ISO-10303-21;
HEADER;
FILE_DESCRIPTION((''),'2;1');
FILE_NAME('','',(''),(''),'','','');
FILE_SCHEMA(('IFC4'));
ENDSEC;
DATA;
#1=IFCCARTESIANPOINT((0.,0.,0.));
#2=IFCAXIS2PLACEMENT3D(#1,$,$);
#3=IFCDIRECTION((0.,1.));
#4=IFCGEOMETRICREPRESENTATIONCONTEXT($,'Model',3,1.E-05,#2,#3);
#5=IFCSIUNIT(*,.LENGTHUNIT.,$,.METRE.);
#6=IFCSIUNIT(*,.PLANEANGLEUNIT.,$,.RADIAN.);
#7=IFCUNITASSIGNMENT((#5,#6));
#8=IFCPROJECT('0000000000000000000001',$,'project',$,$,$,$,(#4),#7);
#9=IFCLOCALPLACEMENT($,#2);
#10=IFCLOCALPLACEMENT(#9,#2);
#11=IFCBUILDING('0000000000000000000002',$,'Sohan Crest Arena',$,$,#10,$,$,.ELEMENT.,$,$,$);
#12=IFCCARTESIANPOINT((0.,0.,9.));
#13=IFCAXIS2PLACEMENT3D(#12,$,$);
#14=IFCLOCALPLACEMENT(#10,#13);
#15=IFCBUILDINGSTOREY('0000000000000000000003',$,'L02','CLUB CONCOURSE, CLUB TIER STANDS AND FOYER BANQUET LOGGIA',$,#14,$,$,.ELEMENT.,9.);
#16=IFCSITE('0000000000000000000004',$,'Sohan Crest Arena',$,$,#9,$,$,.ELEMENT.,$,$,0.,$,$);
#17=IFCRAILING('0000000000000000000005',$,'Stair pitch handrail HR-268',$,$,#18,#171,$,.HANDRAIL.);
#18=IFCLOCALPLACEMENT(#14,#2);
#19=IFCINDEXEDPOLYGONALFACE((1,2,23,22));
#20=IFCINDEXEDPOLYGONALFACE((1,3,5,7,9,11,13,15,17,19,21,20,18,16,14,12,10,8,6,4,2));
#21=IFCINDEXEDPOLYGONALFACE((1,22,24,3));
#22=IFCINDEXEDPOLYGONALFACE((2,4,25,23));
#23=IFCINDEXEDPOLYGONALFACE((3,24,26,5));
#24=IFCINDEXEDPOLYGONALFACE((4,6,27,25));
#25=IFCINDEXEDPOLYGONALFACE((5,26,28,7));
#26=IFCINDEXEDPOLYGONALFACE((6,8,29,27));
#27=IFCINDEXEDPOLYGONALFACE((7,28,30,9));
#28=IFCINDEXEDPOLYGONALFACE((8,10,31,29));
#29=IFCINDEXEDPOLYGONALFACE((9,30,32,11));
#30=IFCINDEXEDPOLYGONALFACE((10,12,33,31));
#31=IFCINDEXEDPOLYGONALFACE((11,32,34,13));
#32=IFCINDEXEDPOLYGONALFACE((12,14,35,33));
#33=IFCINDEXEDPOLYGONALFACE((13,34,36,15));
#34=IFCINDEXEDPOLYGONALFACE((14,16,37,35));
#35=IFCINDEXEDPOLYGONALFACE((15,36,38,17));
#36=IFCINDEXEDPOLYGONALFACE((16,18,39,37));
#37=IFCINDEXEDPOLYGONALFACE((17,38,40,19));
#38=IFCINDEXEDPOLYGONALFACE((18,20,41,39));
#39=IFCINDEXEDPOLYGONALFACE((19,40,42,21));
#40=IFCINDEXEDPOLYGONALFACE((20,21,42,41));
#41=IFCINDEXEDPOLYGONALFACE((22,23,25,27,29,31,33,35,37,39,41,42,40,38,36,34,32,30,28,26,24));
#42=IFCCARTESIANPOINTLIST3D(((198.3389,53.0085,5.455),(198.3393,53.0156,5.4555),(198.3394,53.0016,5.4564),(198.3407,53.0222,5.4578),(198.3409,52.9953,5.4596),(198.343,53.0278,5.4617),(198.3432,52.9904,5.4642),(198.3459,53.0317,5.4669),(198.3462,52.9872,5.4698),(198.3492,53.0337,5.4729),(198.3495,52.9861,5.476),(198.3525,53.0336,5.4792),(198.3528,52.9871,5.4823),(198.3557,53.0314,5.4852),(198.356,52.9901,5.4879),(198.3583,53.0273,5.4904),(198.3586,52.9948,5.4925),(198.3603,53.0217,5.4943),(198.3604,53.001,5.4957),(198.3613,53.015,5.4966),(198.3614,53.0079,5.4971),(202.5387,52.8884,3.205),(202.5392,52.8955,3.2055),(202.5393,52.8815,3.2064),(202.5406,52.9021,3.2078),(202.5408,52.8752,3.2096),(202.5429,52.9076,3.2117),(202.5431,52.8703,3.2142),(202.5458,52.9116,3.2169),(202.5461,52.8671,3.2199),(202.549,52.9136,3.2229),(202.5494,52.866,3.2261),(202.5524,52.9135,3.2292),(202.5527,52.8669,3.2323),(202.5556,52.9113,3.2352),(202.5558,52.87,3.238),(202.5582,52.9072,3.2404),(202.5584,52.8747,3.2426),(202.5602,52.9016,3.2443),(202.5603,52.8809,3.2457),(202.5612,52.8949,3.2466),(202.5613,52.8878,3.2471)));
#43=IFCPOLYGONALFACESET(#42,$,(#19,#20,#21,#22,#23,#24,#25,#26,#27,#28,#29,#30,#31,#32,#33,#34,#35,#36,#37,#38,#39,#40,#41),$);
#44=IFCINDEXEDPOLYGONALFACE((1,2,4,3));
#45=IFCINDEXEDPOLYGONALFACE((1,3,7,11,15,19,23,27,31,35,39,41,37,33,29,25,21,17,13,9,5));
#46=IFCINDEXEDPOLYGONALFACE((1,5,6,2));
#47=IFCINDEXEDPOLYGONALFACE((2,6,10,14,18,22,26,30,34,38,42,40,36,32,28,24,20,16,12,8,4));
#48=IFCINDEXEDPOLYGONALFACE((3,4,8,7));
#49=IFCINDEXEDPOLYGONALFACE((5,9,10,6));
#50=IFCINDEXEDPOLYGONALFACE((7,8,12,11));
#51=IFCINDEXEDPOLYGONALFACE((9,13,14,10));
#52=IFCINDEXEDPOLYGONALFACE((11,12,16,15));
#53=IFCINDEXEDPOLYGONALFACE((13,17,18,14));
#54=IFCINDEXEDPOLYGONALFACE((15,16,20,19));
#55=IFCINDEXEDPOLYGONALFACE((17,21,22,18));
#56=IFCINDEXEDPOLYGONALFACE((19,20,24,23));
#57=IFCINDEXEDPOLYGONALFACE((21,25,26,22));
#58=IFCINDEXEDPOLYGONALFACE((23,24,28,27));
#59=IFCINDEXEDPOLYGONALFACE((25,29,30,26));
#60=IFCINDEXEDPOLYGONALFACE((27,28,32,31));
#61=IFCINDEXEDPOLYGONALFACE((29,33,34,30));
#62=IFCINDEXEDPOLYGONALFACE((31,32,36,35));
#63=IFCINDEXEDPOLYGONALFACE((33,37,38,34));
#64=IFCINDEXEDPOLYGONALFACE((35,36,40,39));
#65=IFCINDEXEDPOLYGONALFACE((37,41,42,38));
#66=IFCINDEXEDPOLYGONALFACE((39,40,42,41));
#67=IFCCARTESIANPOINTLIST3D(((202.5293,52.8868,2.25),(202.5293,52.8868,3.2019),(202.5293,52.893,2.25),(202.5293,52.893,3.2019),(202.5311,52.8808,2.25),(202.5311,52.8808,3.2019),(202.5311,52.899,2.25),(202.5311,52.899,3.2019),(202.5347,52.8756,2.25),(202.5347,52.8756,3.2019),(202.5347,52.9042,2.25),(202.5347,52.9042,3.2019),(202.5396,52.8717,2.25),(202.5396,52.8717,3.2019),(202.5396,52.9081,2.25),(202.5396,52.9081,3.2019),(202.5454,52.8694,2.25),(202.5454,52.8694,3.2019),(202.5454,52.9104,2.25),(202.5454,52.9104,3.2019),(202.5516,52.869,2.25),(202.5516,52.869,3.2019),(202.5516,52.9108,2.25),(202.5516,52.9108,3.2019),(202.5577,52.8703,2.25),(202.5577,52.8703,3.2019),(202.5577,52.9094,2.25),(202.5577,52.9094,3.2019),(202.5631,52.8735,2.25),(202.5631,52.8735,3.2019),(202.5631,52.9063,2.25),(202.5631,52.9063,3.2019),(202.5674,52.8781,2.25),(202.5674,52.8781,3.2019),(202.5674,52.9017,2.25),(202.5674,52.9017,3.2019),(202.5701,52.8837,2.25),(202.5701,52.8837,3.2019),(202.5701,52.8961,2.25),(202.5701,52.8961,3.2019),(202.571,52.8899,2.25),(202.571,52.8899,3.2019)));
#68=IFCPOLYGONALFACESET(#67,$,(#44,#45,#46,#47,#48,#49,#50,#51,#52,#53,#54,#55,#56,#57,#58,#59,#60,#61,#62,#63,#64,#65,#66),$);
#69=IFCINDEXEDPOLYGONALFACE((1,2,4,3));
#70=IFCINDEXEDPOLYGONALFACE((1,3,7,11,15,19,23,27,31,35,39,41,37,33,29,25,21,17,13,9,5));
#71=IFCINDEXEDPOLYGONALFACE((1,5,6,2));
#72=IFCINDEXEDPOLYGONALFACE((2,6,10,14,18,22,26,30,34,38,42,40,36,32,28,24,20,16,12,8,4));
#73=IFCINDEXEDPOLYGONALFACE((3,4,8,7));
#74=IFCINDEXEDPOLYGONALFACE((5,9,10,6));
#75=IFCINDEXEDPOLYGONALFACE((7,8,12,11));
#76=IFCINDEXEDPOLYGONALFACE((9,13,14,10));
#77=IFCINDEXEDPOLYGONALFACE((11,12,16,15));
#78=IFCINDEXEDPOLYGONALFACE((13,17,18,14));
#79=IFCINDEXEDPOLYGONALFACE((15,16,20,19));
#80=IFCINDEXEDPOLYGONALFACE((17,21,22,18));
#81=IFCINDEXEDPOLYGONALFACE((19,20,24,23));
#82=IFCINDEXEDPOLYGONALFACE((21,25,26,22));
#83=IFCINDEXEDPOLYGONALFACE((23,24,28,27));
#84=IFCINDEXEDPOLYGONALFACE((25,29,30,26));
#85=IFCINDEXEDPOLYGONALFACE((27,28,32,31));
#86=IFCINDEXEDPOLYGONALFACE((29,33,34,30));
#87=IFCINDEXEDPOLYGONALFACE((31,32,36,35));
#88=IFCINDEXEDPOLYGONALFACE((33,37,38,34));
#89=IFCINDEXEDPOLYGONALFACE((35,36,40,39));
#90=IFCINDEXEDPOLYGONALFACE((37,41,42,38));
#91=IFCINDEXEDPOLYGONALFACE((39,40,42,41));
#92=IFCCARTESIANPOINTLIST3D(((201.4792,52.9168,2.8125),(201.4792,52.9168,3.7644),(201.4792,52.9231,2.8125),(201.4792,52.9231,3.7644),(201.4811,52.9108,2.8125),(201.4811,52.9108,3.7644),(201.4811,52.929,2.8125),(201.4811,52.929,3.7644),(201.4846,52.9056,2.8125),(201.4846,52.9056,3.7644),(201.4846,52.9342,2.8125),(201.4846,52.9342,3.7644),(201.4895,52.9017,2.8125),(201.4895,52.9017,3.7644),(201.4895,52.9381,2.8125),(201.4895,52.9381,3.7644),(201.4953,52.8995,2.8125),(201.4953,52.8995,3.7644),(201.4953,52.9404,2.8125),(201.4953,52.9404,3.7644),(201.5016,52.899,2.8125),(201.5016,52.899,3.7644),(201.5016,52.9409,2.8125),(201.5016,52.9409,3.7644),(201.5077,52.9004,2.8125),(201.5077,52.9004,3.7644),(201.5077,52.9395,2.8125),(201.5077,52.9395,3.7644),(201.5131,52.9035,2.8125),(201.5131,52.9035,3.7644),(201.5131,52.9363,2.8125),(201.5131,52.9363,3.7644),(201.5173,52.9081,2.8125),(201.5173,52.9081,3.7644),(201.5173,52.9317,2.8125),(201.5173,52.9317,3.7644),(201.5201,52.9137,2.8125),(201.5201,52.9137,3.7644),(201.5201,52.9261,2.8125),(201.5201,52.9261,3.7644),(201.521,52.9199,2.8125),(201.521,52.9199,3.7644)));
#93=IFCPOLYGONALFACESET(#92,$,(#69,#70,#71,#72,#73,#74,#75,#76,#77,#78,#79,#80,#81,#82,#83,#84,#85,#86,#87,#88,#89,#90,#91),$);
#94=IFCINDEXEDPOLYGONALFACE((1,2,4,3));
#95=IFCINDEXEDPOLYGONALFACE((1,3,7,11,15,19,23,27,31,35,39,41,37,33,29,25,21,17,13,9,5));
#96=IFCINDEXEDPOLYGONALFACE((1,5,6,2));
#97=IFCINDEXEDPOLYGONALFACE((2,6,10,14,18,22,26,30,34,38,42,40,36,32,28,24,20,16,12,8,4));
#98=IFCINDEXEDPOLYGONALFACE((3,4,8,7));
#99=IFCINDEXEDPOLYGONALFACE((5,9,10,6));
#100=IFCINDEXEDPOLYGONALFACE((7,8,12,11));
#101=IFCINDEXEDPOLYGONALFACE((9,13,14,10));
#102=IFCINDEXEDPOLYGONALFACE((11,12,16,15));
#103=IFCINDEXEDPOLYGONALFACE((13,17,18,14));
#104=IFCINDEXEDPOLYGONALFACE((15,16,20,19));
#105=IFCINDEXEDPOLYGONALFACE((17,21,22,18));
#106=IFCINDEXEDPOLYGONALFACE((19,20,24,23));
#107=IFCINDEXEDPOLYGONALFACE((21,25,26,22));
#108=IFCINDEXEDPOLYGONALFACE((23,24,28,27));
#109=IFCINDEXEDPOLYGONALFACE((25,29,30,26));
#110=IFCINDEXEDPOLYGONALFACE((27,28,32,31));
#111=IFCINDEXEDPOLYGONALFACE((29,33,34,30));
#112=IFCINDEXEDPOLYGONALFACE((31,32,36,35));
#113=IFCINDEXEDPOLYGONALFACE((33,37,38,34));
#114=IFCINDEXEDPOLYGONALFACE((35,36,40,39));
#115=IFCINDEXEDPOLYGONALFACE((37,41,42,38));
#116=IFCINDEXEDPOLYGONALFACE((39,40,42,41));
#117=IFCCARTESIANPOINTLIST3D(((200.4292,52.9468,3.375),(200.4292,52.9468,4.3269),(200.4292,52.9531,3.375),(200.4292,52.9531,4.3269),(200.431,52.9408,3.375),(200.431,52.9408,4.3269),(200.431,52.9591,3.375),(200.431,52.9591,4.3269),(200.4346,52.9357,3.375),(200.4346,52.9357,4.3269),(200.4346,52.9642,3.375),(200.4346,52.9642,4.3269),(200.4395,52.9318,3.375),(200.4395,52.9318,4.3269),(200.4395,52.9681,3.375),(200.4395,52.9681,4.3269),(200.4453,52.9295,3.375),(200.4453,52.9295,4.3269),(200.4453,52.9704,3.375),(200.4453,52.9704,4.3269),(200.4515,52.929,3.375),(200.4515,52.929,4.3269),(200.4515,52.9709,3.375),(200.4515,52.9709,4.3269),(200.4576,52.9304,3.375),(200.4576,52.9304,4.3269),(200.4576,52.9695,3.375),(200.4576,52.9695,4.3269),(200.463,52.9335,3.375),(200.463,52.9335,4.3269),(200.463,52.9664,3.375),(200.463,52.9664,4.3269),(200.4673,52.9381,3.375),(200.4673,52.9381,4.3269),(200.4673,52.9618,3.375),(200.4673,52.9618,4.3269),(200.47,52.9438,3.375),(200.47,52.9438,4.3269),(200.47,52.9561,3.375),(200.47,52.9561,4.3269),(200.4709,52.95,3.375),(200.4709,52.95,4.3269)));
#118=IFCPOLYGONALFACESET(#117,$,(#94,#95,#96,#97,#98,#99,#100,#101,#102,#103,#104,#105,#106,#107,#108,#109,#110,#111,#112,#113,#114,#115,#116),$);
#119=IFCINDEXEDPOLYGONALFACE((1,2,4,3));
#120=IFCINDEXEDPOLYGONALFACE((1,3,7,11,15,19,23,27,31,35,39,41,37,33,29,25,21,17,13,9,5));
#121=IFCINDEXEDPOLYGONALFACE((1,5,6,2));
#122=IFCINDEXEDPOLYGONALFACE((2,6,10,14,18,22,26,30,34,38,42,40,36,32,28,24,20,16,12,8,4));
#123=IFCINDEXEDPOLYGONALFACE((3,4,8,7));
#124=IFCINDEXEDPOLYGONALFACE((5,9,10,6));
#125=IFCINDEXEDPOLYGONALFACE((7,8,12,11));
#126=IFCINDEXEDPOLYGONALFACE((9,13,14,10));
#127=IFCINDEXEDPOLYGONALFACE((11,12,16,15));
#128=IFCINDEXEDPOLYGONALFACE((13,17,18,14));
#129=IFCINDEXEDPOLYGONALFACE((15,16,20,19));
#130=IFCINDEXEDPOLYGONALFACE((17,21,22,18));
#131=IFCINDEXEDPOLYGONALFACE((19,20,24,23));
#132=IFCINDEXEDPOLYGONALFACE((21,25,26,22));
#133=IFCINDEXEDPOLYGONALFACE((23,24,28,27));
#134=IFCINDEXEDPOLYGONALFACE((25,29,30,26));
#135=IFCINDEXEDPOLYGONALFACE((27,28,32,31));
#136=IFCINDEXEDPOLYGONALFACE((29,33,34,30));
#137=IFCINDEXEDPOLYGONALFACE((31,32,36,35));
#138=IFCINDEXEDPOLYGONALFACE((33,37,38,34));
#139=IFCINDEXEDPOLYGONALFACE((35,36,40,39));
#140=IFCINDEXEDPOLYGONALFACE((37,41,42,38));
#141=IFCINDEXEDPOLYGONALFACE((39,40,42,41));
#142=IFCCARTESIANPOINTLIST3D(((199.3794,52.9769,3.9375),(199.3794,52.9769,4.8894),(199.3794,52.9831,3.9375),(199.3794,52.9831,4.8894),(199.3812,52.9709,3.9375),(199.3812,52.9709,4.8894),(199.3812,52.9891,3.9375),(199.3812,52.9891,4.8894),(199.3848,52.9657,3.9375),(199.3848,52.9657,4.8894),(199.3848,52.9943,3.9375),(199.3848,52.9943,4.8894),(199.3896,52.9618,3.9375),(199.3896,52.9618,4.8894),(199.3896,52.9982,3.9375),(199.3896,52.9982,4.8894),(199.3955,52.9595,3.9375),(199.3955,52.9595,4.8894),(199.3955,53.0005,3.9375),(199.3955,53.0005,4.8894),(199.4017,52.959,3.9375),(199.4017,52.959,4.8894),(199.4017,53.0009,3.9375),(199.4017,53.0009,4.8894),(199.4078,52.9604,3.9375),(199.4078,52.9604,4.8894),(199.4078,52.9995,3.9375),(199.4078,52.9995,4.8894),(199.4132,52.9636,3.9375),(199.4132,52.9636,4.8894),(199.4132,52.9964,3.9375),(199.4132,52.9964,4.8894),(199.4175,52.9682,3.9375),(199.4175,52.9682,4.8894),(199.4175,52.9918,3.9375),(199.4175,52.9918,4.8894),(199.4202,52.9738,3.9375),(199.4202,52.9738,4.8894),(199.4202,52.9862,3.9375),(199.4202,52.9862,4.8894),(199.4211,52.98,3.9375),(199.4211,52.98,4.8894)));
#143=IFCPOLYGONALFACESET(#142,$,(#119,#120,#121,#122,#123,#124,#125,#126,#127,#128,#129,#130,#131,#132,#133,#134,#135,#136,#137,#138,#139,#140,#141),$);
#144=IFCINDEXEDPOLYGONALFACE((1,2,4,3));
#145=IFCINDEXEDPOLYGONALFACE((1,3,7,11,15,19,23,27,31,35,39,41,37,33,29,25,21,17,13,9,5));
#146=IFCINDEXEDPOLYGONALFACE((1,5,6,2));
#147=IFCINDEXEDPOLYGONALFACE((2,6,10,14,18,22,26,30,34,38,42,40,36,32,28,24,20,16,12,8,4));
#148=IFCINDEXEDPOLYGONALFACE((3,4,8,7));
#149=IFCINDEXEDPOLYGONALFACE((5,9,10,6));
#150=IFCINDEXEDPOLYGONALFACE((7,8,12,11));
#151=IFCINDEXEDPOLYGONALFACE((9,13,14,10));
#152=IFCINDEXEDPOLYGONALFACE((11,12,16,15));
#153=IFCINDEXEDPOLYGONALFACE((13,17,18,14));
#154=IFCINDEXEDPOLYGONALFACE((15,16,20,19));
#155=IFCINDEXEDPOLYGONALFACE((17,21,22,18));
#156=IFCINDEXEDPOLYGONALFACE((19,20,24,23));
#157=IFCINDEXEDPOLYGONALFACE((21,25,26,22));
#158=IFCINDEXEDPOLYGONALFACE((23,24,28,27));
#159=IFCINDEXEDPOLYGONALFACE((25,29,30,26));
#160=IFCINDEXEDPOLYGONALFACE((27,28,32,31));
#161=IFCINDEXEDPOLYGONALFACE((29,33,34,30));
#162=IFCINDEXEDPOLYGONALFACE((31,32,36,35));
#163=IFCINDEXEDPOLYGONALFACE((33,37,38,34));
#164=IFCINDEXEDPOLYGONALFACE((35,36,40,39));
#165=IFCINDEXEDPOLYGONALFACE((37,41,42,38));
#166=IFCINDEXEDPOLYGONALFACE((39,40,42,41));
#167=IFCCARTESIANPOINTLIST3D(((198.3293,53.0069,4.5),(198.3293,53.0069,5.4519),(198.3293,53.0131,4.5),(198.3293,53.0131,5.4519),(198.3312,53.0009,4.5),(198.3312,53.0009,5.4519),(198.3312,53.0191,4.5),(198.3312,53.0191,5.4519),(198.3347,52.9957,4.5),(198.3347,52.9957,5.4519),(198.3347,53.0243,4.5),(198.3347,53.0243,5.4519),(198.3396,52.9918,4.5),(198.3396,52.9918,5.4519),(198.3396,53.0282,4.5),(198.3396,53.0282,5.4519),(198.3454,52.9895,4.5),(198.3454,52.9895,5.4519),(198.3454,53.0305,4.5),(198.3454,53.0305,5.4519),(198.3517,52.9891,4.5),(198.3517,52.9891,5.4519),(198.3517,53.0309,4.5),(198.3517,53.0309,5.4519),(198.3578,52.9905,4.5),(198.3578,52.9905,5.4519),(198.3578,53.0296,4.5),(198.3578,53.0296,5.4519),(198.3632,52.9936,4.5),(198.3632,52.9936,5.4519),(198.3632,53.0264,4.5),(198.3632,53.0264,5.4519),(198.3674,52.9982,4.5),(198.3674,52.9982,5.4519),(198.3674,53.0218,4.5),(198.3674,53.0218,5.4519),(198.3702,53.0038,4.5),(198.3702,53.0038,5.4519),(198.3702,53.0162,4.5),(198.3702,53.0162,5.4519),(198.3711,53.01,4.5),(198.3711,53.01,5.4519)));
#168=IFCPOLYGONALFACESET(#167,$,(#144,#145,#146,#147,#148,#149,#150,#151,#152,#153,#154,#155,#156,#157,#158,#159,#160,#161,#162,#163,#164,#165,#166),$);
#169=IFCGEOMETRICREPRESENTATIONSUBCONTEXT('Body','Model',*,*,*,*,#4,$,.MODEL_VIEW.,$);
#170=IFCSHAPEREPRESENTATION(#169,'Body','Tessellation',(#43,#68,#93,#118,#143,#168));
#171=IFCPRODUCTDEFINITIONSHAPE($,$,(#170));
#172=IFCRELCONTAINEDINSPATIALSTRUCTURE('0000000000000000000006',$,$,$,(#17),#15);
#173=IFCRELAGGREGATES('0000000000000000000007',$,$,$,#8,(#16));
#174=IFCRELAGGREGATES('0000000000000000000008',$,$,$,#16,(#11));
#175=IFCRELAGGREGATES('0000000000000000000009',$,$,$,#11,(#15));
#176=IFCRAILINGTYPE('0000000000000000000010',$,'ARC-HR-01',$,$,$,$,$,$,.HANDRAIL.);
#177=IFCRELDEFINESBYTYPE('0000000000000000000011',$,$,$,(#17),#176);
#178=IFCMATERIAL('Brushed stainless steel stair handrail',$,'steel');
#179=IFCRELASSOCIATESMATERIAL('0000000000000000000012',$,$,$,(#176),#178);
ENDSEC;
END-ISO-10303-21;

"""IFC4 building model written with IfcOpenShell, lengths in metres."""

from ifc_helpers import new_model, si_unit, direction, frame, origin, origin_2d, place, context, subcontext, project, spatial, circle, extrude, material, type_object, element, save


model = new_model("IFC4")

# Units and contexts
model_context = context("Model", 3, precision=1e-05, world=origin(), true_north=direction((0.0, 1.0)))
body_context = subcontext(model_context, "Body", "Model", "MODEL_VIEW")
ifc_project = project(units=[si_unit("LENGTHUNIT", "METRE"), si_unit("PLANEANGLEUNIT", "RADIAN")], contexts=[model_context])

# Site, building, storey
site_placement = place(None, origin())
site = spatial("IfcSite", under=ifc_project, at=site_placement, Name="Sohan Crest Arena", CompositionType="ELEMENT", RefElevation=0.0)
building_placement = place(site_placement, origin())
building = spatial("IfcBuilding", under=site, at=building_placement, Name="Sohan Crest Arena", CompositionType="ELEMENT")
storey_placement = place(building_placement, frame((0.0, 0.0, 9.0)))
storey = spatial("IfcBuildingStorey", under=building, at=storey_placement, Name="L02", Description="CLUB CONCOURSE, CLUB TIER STANDS AND FOYER BANQUET LOGGIA", CompositionType="ELEMENT", Elevation=9.0)

# Railing
ifc_material_1 = material(Name="Brushed stainless steel stair handrail", Category="steel")
railing_type = type_object("IfcRailingType", Name="ARC-HR-01", PredefinedType="HANDRAIL", material=ifc_material_1)
railing_1_placement = place(storey_placement, frame((202.55, 52.8899, 2.25)))
element("IfcRailing", 1, at=railing_1_placement, inside=storey, type_object=railing_type, Name="Stair pitch handrail HR-268", PredefinedType="HANDRAIL", context=body_context, shape_type="SweptSolid", body=[
    extrude(circle(Radius=0.0239, at=origin_2d()), frame((0.0, 0.0, 0.9761), z_axis=(-0.881198, 0.025202, 0.472076), x_axis=(-0.028588, -0.999591, 0.0)), (0.0, 0.0, 1.0), 4.7661),
    extrude(circle(Radius=0.021, at=origin_2d()), origin(), (0.0, 0.0, 1.0), 0.9519),
    extrude(circle(Radius=0.021, at=origin_2d()), frame((-1.05, 0.03, 0.5625)), (0.0, 0.0, 1.0), 0.9519),
    extrude(circle(Radius=0.021, at=origin_2d()), frame((-2.1001, 0.0601, 1.125)), (0.0, 0.0, 1.0), 0.9519),
    extrude(circle(Radius=0.021, at=origin_2d()), frame((-3.1499, 0.0901, 1.6875)), (0.0, 0.0, 1.0), 0.9519),
    extrude(circle(Radius=0.021, at=origin_2d()), frame((-4.2, 0.1201, 2.25)), (0.0, 0.0, 1.0), 0.9519),
])

save(model, "model.ifc")
